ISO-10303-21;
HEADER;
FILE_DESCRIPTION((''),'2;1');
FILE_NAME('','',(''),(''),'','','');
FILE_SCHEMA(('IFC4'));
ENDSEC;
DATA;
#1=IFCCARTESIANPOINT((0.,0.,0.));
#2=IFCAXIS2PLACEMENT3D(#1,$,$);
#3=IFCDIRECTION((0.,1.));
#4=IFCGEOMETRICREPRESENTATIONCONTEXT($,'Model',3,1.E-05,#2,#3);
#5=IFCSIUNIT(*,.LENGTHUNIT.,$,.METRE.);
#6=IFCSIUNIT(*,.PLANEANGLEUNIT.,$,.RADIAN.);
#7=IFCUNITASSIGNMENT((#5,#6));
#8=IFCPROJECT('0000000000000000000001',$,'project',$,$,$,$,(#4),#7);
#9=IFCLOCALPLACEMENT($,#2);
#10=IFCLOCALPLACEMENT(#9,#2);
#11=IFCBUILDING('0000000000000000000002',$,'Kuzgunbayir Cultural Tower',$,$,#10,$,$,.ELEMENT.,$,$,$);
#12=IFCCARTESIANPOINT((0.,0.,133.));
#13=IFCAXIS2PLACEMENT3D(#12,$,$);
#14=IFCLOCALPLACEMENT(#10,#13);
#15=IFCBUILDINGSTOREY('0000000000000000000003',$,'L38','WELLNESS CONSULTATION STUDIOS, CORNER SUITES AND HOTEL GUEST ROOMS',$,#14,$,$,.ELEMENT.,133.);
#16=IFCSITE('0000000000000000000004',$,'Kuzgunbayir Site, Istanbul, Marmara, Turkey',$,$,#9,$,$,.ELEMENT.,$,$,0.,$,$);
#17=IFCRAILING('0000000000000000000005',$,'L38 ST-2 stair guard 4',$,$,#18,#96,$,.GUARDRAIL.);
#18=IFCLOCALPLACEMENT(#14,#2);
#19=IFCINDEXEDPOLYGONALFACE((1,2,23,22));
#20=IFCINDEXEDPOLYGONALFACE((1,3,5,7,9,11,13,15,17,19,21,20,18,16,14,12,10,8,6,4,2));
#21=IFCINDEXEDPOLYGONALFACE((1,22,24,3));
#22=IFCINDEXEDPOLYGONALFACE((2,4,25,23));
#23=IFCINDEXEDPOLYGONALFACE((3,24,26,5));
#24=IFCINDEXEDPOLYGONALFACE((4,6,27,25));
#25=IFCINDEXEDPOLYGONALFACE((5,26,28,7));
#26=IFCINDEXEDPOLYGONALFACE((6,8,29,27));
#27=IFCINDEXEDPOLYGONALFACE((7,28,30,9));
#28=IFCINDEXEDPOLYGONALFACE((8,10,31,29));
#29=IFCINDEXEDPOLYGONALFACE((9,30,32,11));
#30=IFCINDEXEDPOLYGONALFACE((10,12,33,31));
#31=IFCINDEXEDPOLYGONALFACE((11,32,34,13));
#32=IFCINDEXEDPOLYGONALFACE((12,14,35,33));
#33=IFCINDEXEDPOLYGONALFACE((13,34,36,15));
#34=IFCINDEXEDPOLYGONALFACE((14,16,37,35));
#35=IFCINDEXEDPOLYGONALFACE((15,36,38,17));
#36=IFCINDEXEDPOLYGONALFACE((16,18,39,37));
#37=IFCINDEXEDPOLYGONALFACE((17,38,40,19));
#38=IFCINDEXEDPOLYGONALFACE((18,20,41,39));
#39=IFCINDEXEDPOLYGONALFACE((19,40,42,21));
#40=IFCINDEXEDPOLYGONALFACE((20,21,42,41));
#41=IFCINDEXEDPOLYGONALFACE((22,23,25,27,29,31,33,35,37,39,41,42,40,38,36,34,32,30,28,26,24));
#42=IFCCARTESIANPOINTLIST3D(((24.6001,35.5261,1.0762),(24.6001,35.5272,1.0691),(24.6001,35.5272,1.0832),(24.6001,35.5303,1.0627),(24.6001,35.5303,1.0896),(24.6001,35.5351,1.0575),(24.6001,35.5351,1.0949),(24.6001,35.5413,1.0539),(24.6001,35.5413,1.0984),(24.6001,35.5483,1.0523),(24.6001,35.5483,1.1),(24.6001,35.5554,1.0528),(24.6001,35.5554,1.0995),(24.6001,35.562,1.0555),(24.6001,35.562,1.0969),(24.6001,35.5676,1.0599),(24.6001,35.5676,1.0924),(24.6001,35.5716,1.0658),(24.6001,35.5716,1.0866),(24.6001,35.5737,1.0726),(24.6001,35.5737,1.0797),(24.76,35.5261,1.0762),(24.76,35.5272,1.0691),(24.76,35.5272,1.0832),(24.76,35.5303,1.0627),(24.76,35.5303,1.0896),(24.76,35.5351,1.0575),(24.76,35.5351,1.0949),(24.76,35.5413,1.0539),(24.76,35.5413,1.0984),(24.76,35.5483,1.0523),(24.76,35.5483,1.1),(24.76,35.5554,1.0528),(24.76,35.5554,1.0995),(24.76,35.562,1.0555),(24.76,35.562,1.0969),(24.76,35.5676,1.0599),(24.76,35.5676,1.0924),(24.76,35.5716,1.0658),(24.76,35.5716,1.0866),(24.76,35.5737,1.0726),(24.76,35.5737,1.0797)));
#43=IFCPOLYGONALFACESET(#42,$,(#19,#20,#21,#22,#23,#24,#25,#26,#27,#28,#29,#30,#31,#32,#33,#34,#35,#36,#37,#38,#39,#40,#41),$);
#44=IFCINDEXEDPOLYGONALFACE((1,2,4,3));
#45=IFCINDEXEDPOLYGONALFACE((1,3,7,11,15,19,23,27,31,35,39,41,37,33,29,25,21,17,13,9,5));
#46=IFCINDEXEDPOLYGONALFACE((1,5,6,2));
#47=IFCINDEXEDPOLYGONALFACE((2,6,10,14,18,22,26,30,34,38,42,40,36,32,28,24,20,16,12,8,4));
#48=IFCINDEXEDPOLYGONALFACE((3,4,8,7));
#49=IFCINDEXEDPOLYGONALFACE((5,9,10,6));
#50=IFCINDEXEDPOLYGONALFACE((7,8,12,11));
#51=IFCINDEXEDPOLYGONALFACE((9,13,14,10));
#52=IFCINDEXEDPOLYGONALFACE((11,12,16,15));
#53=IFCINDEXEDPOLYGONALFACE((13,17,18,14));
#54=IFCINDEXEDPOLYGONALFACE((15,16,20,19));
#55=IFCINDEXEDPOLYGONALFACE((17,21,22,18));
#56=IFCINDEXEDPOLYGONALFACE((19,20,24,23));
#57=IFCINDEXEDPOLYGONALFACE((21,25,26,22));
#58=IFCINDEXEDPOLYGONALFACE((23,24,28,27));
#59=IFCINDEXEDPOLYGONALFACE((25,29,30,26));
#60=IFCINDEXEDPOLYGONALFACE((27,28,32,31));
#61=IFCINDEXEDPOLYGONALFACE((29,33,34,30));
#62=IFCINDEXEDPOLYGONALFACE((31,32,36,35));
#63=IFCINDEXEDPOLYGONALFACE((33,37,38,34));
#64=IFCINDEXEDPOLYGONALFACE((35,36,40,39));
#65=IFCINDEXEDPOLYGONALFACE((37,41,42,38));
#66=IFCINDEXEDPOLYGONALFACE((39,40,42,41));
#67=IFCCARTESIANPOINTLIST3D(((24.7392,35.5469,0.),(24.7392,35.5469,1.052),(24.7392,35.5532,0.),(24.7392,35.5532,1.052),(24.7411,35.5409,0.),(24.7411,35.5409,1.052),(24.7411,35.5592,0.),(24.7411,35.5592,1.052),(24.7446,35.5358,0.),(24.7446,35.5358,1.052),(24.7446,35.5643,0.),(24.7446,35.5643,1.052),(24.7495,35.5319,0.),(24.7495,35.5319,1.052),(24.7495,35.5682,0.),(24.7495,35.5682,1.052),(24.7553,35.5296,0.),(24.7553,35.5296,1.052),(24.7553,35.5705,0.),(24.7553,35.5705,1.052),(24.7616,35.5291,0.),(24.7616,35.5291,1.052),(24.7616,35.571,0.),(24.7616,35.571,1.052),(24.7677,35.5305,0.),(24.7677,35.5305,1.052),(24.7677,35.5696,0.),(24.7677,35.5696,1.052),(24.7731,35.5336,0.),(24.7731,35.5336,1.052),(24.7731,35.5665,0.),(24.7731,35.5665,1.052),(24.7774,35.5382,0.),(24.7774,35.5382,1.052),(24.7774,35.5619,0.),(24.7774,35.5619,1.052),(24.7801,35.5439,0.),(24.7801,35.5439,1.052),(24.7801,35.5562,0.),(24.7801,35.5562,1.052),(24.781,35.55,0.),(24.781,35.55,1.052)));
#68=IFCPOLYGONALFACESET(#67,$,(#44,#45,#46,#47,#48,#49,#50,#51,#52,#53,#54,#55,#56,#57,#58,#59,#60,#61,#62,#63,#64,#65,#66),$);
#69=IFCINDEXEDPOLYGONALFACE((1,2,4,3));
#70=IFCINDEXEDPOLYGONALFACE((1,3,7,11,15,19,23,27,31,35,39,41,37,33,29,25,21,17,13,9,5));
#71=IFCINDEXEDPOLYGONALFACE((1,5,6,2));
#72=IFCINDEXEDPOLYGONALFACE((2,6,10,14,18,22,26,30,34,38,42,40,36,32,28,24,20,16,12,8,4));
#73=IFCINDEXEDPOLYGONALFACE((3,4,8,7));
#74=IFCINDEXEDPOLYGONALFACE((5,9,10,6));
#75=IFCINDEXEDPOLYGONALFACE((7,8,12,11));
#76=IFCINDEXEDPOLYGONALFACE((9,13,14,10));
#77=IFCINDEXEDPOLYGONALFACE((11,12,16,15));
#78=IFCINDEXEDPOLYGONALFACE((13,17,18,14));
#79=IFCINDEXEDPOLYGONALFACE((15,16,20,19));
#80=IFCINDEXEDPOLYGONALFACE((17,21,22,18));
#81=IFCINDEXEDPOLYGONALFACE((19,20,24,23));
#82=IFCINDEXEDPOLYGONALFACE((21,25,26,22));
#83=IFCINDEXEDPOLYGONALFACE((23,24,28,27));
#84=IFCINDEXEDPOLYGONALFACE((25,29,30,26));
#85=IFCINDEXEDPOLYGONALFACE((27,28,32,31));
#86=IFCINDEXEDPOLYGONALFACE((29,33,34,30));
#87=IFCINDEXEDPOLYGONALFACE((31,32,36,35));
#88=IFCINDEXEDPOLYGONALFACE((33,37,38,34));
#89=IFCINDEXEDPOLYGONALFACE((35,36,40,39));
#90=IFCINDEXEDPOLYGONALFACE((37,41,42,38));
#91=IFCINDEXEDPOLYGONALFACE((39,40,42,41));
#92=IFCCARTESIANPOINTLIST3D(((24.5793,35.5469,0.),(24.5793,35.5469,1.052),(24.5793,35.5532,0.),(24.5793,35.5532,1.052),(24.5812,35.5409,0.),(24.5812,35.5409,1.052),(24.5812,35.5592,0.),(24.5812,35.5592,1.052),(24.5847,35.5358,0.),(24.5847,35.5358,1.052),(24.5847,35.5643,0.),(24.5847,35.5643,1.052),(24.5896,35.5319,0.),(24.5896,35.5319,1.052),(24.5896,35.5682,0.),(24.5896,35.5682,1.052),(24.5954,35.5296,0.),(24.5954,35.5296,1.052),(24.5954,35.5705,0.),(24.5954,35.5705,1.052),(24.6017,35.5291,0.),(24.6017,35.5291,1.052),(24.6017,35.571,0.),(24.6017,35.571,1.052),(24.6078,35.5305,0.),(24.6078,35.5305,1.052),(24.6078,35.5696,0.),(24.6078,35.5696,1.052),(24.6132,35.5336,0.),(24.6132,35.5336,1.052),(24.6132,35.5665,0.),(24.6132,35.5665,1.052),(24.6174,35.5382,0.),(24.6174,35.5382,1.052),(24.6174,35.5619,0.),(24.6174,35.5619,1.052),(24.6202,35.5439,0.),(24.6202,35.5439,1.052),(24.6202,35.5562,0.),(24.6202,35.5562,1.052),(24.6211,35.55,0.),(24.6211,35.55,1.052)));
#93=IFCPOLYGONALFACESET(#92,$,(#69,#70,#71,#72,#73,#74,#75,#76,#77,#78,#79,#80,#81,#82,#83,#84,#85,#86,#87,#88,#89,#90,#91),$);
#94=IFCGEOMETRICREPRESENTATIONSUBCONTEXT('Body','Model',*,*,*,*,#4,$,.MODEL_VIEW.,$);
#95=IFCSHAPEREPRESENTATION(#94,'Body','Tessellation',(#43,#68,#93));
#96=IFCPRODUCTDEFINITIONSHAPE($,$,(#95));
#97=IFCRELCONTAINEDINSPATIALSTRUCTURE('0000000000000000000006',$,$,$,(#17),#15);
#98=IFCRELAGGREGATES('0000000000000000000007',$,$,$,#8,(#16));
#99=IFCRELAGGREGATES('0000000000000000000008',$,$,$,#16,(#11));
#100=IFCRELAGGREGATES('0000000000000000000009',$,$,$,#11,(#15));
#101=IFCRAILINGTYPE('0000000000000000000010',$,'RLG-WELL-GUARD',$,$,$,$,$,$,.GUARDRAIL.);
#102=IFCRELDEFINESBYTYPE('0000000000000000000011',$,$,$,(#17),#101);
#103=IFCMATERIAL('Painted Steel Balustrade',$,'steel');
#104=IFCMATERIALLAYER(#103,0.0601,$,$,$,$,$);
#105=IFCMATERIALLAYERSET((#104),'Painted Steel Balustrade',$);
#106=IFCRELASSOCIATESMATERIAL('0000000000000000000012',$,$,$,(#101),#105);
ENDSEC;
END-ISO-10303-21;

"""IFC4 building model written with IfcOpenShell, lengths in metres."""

from ifc_helpers import new_model, si_unit, direction, frame, origin, origin_2d, place, context, subcontext, project, spatial, circle, extrude, material, layer, layer_set, type_object, element, save


model = new_model("IFC4")

# Units and contexts
model_context = context("Model", 3, precision=1e-05, world=origin(), true_north=direction((0.0, 1.0)))
body_context = subcontext(model_context, "Body", "Model", "MODEL_VIEW")
ifc_project = project(units=[si_unit("LENGTHUNIT", "METRE"), si_unit("PLANEANGLEUNIT", "RADIAN")], contexts=[model_context])

# Site, building, storey
site_placement = place(None, origin())
site = spatial("IfcSite", under=ifc_project, at=site_placement, Name="Kuzgunbayir Site, Istanbul, Marmara, Turkey", CompositionType="ELEMENT", RefElevation=0.0)
building_placement = place(site_placement, origin())
building = spatial("IfcBuilding", under=site, at=building_placement, Name="Kuzgunbayir Cultural Tower", CompositionType="ELEMENT")
storey_placement = place(building_placement, frame((0.0, 0.0, 133.0)))
storey = spatial("IfcBuildingStorey", under=building, at=storey_placement, Name="L38", Description="WELLNESS CONSULTATION STUDIOS, CORNER SUITES AND HOTEL GUEST ROOMS", CompositionType="ELEMENT", Elevation=133.0)

# Railing
ifc_material_1 = material(Name="Painted Steel Balustrade", Category="steel")
ifc_layer_1 = layer(ifc_material_1, 0.0601)
ifc_layer_set_1 = layer_set([ifc_layer_1], Name="Painted Steel Balustrade")
railing_type_1 = type_object("IfcRailingType", Name="RLG-WELL-GUARD", PredefinedType="GUARDRAIL", material=ifc_layer_set_1)
railing_1_placement = place(storey_placement, frame((24.76, 35.55, 0.0)))
element("IfcRailing", 1, at=railing_1_placement, inside=storey, type_object=railing_type_1, Name="L38 ST-2 stair guard 4", PredefinedType="GUARDRAIL", context=body_context, shape_type="SweptSolid", body=[
    extrude(circle(Radius=0.0239, at=origin_2d()), frame((0.0, 0.0, 1.0762), z_axis=(-1.0, 0.0, 0.0), x_axis=(0.0, -1.0, 0.0)), (0.0, 0.0, 1.0), 0.1599),
    extrude(circle(Radius=0.021, at=origin_2d()), origin(), (0.0, 0.0, 1.0), 1.052),
    extrude(circle(Radius=0.021, at=origin_2d()), frame((-0.1599, 0.0, 0.0)), (0.0, 0.0, 1.0), 1.052),
])

save(model, "model.ifc")
